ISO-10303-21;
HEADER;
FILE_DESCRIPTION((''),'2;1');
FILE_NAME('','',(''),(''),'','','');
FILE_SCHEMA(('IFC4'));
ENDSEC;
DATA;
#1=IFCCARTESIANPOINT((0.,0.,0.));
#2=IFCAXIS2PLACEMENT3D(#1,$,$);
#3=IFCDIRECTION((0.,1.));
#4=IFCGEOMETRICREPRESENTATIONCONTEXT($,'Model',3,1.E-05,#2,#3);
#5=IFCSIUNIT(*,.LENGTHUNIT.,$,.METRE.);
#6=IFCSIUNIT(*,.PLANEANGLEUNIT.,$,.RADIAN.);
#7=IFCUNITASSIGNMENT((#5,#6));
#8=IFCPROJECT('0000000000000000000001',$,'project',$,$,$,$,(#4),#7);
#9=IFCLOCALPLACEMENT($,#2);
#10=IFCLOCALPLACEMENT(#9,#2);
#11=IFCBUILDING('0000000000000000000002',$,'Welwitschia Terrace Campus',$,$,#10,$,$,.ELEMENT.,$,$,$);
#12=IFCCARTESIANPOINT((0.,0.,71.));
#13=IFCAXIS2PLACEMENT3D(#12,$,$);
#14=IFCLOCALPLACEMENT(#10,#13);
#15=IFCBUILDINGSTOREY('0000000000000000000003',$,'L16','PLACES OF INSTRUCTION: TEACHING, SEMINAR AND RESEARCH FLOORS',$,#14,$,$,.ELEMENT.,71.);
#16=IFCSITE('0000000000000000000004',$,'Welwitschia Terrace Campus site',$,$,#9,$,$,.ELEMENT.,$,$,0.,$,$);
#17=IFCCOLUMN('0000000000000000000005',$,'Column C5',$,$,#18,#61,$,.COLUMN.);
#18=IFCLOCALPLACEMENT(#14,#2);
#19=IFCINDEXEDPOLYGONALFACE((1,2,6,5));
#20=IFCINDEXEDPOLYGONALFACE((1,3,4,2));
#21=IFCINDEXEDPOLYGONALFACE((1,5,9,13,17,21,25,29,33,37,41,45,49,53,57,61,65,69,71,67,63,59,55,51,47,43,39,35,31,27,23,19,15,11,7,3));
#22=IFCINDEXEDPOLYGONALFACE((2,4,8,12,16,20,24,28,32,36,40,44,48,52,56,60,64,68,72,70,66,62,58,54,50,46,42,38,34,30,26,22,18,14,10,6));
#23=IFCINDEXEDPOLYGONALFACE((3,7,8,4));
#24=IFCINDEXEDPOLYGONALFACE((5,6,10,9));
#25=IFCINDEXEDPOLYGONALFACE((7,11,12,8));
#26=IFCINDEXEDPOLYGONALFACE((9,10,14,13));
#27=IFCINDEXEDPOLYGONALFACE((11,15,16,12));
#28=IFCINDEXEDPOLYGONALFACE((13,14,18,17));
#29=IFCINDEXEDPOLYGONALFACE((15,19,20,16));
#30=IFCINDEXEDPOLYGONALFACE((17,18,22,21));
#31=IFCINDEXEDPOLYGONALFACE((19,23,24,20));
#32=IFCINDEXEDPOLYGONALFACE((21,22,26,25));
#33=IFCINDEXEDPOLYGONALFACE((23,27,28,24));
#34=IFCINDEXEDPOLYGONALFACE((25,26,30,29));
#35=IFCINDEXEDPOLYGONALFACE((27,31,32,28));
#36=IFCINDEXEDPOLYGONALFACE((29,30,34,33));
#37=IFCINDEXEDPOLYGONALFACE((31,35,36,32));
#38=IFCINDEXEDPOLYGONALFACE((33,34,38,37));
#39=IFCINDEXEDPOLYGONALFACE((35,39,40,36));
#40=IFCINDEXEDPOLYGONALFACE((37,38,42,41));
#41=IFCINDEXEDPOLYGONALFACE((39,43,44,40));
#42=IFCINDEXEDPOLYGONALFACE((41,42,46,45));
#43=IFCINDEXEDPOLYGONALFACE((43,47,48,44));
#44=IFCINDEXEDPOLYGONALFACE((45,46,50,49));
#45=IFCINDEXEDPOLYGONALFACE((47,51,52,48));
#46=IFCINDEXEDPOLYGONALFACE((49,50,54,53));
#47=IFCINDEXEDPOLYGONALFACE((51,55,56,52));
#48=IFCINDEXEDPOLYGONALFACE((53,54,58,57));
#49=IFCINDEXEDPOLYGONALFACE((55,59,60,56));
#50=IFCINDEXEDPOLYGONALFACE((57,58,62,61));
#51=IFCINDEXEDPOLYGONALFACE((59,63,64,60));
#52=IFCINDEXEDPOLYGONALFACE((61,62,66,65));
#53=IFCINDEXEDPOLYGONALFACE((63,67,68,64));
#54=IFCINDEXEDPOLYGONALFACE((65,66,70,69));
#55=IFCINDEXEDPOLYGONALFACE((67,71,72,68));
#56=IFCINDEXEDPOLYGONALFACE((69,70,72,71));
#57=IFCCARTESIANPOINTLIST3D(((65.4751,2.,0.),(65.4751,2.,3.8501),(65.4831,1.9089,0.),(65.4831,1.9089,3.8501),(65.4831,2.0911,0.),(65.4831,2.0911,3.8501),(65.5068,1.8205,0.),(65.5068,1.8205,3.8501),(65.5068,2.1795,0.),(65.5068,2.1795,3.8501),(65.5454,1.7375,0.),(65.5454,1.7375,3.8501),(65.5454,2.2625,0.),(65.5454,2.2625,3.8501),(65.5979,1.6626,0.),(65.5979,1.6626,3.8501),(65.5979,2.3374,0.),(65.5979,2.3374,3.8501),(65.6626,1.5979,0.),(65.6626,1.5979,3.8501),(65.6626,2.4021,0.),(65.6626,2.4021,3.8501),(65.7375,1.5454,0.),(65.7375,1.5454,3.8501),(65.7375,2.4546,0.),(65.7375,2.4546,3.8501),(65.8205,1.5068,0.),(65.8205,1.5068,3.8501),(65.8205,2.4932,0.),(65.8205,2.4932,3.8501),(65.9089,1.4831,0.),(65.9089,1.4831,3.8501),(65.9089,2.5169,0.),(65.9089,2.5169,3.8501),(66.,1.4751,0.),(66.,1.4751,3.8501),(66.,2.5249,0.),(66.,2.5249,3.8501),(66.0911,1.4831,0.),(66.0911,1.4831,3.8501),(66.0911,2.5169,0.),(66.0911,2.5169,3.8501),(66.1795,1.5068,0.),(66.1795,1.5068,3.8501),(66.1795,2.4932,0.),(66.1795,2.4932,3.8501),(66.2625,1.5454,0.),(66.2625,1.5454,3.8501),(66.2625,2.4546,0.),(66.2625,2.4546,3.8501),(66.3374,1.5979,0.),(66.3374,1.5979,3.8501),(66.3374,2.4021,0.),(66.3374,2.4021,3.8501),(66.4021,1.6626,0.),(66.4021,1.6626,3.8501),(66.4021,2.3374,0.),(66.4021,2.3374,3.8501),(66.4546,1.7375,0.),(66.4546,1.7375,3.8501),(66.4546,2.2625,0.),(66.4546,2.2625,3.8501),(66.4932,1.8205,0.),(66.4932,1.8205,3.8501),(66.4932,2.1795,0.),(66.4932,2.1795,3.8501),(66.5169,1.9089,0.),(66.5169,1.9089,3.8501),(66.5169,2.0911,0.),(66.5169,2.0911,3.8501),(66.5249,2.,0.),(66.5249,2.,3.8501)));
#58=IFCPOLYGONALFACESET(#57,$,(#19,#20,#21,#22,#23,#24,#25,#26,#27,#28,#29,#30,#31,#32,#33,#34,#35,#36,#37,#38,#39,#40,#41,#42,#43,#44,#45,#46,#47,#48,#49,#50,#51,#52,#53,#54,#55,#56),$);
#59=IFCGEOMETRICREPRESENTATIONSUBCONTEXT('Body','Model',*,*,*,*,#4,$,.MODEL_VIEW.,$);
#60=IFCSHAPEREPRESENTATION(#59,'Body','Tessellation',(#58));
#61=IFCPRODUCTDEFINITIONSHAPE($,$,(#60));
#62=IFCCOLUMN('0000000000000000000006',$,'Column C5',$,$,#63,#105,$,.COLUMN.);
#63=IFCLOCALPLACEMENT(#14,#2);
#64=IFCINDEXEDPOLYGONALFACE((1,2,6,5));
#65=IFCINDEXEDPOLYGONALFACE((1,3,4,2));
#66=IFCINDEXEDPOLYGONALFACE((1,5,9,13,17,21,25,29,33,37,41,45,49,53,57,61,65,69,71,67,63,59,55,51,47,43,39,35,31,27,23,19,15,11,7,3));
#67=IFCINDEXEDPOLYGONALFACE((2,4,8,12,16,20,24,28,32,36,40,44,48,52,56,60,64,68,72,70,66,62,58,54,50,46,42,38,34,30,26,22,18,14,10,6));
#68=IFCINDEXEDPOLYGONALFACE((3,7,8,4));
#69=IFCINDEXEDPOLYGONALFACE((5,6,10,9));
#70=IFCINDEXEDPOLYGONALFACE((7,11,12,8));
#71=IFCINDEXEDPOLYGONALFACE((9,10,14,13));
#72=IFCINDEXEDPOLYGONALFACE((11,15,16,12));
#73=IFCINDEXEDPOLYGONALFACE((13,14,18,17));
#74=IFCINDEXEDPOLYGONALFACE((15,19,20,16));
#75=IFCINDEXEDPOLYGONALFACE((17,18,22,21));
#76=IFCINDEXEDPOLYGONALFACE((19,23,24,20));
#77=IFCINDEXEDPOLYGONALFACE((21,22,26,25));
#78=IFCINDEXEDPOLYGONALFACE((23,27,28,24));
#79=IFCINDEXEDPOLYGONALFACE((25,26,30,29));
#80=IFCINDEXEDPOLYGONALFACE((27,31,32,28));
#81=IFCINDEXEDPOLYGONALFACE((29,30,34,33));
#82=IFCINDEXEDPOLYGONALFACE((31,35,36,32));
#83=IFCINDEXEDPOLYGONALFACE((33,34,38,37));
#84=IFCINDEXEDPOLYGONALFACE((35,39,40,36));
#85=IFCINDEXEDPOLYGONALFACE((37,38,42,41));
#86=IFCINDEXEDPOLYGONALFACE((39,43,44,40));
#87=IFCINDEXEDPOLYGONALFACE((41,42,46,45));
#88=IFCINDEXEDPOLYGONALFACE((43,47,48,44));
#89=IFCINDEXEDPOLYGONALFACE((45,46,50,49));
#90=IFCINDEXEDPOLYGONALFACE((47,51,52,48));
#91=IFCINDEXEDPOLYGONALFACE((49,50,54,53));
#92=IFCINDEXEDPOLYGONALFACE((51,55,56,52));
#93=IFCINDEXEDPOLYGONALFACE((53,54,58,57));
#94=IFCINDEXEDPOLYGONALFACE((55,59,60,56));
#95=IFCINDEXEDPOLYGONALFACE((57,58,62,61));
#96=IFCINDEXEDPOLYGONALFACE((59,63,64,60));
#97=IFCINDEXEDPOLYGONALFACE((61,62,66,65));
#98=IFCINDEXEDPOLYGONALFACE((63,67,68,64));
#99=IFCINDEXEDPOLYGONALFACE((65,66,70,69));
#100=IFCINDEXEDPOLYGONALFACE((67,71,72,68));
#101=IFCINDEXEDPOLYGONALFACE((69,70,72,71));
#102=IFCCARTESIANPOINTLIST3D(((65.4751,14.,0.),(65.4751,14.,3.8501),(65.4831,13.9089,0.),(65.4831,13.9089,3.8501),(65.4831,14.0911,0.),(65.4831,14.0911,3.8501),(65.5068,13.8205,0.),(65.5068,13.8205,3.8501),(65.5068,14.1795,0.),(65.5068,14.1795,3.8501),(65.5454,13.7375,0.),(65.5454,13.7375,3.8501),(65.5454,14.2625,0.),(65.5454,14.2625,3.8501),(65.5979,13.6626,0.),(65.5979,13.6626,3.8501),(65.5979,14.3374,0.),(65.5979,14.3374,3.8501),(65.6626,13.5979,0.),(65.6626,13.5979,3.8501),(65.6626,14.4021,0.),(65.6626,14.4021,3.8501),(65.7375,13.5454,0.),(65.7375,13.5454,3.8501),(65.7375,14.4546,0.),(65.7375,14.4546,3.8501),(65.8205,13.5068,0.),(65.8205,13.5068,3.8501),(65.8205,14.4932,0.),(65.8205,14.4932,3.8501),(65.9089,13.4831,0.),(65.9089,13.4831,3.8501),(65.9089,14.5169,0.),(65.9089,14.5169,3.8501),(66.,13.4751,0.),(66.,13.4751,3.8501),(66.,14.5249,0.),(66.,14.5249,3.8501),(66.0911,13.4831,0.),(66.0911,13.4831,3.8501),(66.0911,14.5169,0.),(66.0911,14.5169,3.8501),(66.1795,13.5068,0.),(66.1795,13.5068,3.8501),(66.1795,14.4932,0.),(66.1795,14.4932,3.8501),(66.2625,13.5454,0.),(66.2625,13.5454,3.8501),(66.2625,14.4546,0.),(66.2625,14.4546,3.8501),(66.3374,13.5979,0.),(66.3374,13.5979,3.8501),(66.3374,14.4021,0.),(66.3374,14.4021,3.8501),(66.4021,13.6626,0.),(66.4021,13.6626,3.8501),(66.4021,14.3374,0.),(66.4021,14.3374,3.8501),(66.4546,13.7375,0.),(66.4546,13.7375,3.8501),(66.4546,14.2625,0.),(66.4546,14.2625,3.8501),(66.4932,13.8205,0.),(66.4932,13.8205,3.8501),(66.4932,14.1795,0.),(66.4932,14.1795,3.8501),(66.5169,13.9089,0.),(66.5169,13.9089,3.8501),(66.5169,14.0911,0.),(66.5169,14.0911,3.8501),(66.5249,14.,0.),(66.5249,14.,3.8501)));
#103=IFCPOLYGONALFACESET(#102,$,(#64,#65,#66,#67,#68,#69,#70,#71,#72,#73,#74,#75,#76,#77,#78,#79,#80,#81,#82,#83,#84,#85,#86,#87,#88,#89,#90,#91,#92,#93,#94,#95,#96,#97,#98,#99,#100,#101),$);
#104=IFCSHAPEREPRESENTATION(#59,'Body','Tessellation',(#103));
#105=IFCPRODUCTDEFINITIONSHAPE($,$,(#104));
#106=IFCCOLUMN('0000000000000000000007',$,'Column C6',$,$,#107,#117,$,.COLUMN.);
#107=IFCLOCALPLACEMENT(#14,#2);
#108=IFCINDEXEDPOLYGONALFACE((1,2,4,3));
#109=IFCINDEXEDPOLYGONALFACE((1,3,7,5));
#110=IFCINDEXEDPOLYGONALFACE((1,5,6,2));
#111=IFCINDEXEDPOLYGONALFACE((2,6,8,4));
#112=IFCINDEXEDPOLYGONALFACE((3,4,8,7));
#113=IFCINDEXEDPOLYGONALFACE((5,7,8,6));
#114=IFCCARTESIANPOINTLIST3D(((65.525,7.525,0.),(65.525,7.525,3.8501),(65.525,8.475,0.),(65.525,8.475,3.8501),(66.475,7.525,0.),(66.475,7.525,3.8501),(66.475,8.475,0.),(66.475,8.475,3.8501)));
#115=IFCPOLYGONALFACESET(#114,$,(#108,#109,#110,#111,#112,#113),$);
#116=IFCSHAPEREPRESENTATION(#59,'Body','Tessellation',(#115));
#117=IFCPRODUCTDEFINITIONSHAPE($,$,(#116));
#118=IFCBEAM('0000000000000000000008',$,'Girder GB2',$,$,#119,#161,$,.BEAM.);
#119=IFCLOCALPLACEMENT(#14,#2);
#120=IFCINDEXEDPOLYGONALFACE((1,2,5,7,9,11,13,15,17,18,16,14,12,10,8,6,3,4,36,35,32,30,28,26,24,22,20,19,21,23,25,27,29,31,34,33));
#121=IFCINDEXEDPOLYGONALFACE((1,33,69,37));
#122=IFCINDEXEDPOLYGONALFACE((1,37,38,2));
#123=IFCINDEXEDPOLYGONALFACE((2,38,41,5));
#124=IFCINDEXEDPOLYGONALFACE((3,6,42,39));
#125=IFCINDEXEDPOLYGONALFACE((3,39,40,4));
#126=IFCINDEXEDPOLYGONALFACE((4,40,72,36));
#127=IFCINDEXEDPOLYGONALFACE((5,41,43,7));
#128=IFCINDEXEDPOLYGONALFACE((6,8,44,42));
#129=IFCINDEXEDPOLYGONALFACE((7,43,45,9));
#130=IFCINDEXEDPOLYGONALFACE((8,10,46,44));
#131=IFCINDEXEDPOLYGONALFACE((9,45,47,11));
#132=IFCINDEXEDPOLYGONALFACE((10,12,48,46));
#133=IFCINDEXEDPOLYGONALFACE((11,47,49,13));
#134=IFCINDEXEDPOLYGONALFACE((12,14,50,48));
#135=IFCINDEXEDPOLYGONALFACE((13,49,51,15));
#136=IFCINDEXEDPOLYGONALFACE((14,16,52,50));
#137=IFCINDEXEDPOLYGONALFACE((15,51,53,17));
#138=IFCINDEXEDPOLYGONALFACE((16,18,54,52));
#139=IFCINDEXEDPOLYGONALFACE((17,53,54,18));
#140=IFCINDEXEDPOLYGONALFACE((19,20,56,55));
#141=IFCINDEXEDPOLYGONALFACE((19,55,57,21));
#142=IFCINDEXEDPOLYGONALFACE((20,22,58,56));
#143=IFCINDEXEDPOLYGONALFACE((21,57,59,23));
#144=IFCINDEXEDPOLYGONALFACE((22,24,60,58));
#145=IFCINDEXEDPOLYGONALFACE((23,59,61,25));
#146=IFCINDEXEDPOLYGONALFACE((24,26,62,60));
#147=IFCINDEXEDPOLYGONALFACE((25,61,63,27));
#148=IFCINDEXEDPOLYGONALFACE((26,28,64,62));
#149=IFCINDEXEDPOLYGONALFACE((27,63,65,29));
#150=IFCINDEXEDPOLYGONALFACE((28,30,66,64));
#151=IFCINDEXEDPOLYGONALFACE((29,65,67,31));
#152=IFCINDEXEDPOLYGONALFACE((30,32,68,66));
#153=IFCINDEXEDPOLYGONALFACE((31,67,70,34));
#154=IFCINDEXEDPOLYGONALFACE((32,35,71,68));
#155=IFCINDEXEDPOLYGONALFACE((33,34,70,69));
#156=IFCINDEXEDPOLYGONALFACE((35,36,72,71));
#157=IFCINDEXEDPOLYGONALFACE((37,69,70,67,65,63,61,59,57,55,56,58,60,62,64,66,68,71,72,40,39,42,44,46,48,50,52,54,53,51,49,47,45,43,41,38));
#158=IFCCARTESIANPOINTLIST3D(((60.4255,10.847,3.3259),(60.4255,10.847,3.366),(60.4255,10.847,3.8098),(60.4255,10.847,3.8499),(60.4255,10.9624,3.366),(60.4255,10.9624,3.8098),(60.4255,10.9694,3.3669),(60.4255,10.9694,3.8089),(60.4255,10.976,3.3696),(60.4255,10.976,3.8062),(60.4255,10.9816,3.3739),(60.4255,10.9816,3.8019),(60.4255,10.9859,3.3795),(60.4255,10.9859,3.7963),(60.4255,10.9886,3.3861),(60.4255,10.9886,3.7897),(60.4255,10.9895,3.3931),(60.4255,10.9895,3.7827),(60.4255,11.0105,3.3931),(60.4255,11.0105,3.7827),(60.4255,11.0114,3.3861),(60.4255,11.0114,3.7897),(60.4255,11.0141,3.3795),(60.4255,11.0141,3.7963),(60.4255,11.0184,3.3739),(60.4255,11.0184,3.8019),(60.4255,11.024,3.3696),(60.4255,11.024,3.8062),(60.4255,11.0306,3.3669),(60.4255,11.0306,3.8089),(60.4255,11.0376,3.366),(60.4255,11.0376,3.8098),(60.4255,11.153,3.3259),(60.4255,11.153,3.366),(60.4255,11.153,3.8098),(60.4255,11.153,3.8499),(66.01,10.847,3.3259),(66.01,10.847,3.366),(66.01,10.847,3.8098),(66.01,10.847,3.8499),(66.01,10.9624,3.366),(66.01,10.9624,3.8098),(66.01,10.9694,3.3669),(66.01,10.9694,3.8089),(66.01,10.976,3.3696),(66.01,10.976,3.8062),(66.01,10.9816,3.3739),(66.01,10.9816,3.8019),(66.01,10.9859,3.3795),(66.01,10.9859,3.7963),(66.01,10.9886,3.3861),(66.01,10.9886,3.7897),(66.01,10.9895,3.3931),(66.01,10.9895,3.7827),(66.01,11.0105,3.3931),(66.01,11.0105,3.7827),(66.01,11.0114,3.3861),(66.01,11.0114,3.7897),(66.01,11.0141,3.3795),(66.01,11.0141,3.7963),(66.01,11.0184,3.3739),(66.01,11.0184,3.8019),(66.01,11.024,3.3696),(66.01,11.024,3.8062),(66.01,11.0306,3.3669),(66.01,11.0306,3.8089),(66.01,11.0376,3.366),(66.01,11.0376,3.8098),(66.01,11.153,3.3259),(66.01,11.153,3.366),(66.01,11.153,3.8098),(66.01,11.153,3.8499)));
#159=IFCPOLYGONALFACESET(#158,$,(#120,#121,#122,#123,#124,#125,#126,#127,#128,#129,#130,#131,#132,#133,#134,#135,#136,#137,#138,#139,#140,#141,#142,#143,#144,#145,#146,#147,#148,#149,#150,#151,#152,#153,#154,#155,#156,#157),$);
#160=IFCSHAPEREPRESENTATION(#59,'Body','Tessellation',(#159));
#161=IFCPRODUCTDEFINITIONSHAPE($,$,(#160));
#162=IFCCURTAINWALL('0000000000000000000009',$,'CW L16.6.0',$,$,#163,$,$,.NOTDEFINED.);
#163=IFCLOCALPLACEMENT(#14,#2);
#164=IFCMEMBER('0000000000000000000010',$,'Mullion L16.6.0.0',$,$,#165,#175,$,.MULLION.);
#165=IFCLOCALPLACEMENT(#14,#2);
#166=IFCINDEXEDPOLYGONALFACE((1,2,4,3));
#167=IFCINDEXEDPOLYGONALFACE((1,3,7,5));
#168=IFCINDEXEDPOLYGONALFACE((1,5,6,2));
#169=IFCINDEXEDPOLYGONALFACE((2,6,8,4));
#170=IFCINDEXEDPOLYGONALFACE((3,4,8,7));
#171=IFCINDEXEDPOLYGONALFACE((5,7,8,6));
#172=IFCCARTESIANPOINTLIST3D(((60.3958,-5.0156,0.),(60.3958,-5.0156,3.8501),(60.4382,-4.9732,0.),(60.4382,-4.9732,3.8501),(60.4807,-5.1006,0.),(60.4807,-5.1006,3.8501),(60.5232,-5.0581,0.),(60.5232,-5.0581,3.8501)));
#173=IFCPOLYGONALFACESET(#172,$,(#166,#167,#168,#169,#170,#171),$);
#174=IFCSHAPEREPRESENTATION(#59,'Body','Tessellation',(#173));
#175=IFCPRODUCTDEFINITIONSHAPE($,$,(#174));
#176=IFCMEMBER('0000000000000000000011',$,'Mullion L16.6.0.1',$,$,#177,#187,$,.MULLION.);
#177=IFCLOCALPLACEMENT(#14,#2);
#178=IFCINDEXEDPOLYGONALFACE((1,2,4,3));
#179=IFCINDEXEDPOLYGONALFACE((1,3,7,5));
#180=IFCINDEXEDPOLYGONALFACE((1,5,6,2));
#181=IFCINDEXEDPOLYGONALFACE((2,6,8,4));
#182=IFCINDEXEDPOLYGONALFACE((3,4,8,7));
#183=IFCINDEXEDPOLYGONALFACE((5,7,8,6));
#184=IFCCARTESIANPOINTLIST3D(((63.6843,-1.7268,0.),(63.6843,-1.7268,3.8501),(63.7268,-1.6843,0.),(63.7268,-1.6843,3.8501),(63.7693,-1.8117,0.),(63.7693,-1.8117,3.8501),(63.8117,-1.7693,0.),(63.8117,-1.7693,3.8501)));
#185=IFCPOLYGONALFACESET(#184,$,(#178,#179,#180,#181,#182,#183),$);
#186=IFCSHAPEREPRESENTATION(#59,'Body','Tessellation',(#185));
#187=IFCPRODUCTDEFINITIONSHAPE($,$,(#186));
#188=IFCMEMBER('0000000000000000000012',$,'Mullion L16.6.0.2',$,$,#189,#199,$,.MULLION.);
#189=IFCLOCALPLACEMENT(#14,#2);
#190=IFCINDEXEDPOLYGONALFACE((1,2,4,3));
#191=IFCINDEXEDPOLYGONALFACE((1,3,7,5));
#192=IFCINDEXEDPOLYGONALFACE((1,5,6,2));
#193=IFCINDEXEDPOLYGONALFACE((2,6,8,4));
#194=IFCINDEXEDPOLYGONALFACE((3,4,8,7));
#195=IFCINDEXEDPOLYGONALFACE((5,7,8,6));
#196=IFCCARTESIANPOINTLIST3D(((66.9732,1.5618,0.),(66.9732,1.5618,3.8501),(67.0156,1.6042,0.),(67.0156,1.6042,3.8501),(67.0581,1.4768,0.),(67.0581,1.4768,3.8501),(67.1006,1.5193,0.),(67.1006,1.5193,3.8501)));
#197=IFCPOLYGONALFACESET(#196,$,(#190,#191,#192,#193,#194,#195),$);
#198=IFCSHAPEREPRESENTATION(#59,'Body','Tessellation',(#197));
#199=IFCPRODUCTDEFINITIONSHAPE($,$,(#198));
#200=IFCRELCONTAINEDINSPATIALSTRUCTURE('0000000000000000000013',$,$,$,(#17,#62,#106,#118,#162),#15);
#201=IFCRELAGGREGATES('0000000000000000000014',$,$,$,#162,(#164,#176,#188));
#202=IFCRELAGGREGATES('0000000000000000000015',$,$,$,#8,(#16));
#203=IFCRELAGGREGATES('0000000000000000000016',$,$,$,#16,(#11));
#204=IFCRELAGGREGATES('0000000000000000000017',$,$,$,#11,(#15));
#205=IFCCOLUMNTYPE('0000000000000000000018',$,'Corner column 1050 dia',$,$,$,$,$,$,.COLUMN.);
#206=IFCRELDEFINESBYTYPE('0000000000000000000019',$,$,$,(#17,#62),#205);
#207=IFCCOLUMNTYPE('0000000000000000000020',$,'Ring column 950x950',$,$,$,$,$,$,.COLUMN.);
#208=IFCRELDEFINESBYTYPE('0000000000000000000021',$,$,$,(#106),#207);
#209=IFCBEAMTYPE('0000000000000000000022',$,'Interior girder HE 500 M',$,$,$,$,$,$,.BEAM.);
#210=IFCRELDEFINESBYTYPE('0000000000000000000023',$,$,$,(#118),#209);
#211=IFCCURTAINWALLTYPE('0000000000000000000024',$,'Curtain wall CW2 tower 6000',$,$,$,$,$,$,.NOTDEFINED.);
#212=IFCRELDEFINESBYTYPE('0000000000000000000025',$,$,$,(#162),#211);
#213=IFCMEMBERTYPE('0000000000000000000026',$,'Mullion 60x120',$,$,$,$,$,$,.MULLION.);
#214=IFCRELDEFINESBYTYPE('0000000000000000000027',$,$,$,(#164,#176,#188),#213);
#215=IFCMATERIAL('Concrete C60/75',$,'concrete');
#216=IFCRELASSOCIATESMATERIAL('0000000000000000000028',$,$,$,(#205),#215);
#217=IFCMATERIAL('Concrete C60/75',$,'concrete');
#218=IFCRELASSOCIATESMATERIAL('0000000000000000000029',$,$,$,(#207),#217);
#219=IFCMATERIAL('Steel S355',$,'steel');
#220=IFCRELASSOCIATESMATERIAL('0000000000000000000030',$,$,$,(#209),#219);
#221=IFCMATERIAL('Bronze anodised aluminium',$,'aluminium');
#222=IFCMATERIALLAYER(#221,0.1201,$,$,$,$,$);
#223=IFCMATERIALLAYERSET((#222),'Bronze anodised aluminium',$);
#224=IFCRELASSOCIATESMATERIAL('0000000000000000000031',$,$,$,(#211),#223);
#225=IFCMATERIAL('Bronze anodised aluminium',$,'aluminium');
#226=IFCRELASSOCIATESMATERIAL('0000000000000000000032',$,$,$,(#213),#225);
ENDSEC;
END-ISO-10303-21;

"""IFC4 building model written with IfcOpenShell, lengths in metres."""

from ifc_helpers import new_model, si_unit, direction, frame, origin, origin_2d, place, context, subcontext, project, spatial, rectangle, circle, i_section, extrude, material, layer, layer_set, material_profile, profile_set, type_object, element, aggregate, save


model = new_model("IFC4")

# Units and contexts
model_context = context("Model", 3, precision=1e-05, world=origin(), true_north=direction((0.0, 1.0)))
body_context = subcontext(model_context, "Body", "Model", "MODEL_VIEW")
ifc_project = project(units=[si_unit("LENGTHUNIT", "METRE"), si_unit("PLANEANGLEUNIT", "RADIAN")], contexts=[model_context])

# Site, building, storey
site_placement = place(None, origin())
site = spatial("IfcSite", under=ifc_project, at=site_placement, Name="Welwitschia Terrace Campus site", CompositionType="ELEMENT", RefElevation=0.0)
building_placement = place(site_placement, origin())
building = spatial("IfcBuilding", under=site, at=building_placement, Name="Welwitschia Terrace Campus", CompositionType="ELEMENT")
storey_placement = place(building_placement, frame((0.0, 0.0, 71.0)))
storey = spatial("IfcBuildingStorey", under=building, at=storey_placement, Name="L16", Description="PLACES OF INSTRUCTION: TEACHING, SEMINAR AND RESEARCH FLOORS", CompositionType="ELEMENT", Elevation=71.0)

# Columns
ifc_material_1 = material(Name="Concrete C60/75", Category="concrete")
ifc_material_profile_1 = material_profile(ifc_material_1, circle(Radius=0.5249, at=origin_2d()))
ifc_profile_set_1 = profile_set([ifc_material_profile_1], Name="Concrete C60/75")
column_type_1 = type_object("IfcColumnType", Name="Corner column 1050 dia", PredefinedType="COLUMN", material=ifc_profile_set_1)
for number, where, z_axis, x_axis, name in (
    (1, (66.0, 2.0, 0.0), (0.0, 0.0, 1.0), (1.0, 0.0, 0.0), "Column C5"),
    (2, (66.0, 14.0, 0.0), (0.0, 0.0, 1.0), (1.0, 0.0, 0.0), "Column C5"),
):
    element("IfcColumn", number, at=place(storey_placement, frame(where, z_axis=z_axis, x_axis=x_axis)), inside=storey, type_object=column_type_1, Name=name, PredefinedType="COLUMN", context=body_context, shape_type="SweptSolid", body=[
        extrude(circle(Radius=0.5249, at=origin_2d()), origin(), (0.0, 0.0, 1.0), 3.8501),
    ])
ifc_material_2 = material(Name="Concrete C60/75", Category="concrete")
ifc_material_profile_2 = material_profile(ifc_material_2, rectangle(XDim=0.95, YDim=0.95, at=origin_2d()))
ifc_profile_set_2 = profile_set([ifc_material_profile_2], Name="Concrete C60/75")
column_type_2 = type_object("IfcColumnType", Name="Ring column 950x950", PredefinedType="COLUMN", material=ifc_profile_set_2)
column_placement = place(storey_placement, frame((66.0, 8.0, 0.0), z_axis=(0.0, 0.0, 1.0), x_axis=(1.0, 0.0, 0.0)))
element("IfcColumn", 3, at=column_placement, inside=storey, type_object=column_type_2, Name="Column C6", PredefinedType="COLUMN", context=body_context, shape_type="SweptSolid", body=[
    extrude(rectangle(XDim=0.95, YDim=0.95, at=origin_2d()), origin(), (0.0, 0.0, 1.0), 3.8501),
])

# Beam
ifc_material_3 = material(Name="Steel S355", Category="steel")
ifc_material_profile_3 = material_profile(ifc_material_3, i_section(OverallWidth=0.3059, OverallDepth=0.5239, WebThickness=0.021, FlangeThickness=0.04, FilletRadius=0.0271, at=origin_2d()))
ifc_profile_set_3 = profile_set([ifc_material_profile_3], Name="Steel S355")
beam_type_1 = type_object("IfcBeamType", Name="Interior girder HE 500 M", PredefinedType="BEAM", material=ifc_profile_set_3)
beam_1_placement = place(storey_placement, frame((60.4255, 11.0, 3.5879), z_axis=(1.0, 0.0, 0.0), x_axis=(0.0, 1.0, 0.0)))
element("IfcBeam", 4, at=beam_1_placement, inside=storey, type_object=beam_type_1, Name="Girder GB2", PredefinedType="BEAM", context=body_context, shape_type="SweptSolid", body=[
    extrude(i_section(OverallWidth=0.3059, OverallDepth=0.5239, WebThickness=0.021, FlangeThickness=0.04, FilletRadius=0.0271, at=origin_2d()), origin(), (0.0, 0.0, 1.0), 5.5845),
])

# Curtain wall, members
ifc_material_4 = material(Name="Bronze anodised aluminium", Category="aluminium")
ifc_layer_1 = layer(ifc_material_4, 0.1201)
ifc_layer_set_1 = layer_set([ifc_layer_1], Name="Bronze anodised aluminium")
curtain_wall_type = type_object("IfcCurtainWallType", Name="Curtain wall CW2 tower 6000", PredefinedType="NOTDEFINED", material=ifc_layer_set_1)
curtain_wall_1_placement = place(storey_placement, origin())
curtain_wall_1 = element("IfcCurtainWall", 5, at=curtain_wall_1_placement, inside=storey, type_object=curtain_wall_type, Name="CW L16.6.0", PredefinedType="NOTDEFINED")
ifc_material_5 = material(Name="Bronze anodised aluminium", Category="aluminium")
ifc_material_profile_4 = material_profile(ifc_material_5, rectangle(XDim=0.1201, YDim=0.0601, at=origin_2d()))
ifc_profile_set_4 = profile_set([ifc_material_profile_4], Name="Bronze anodised aluminium")
member_type_1 = type_object("IfcMemberType", Name="Mullion 60x120", PredefinedType="MULLION", material=ifc_profile_set_4)
member_1_placement = place(storey_placement, frame((60.4595, -5.0369, 0.0), z_axis=(0.0, 0.0, 1.0), x_axis=(-0.707107, 0.707107, 0.0)))
member_1 = element("IfcMember", 6, at=member_1_placement, type_object=member_type_1, Name="Mullion L16.6.0.0", PredefinedType="MULLION", context=body_context, shape_type="SweptSolid", body=[
    extrude(rectangle(XDim=0.1201, YDim=0.0601, at=origin_2d()), origin(), (0.0, 0.0, 1.0), 3.8501),
])
member_2_placement = place(storey_placement, frame((63.748, -1.748, 0.0), z_axis=(0.0, 0.0, 1.0), x_axis=(-0.707107, 0.707107, 0.0)))
member_2 = element("IfcMember", 7, at=member_2_placement, type_object=member_type_1, Name="Mullion L16.6.0.1", PredefinedType="MULLION", context=body_context, shape_type="SweptSolid", body=[
    extrude(rectangle(XDim=0.1201, YDim=0.0601, at=origin_2d()), origin(), (0.0, 0.0, 1.0), 3.8501),
])
member_3_placement = place(storey_placement, frame((67.0369, 1.5405, 0.0), z_axis=(0.0, 0.0, 1.0), x_axis=(-0.707107, 0.707107, 0.0)))
member_3 = element("IfcMember", 8, at=member_3_placement, type_object=member_type_1, Name="Mullion L16.6.0.2", PredefinedType="MULLION", context=body_context, shape_type="SweptSolid", body=[
    extrude(rectangle(XDim=0.1201, YDim=0.0601, at=origin_2d()), origin(), (0.0, 0.0, 1.0), 3.8501),
])

aggregate(curtain_wall_1, [member_1, member_2, member_3])

save(model, "model.ifc")
